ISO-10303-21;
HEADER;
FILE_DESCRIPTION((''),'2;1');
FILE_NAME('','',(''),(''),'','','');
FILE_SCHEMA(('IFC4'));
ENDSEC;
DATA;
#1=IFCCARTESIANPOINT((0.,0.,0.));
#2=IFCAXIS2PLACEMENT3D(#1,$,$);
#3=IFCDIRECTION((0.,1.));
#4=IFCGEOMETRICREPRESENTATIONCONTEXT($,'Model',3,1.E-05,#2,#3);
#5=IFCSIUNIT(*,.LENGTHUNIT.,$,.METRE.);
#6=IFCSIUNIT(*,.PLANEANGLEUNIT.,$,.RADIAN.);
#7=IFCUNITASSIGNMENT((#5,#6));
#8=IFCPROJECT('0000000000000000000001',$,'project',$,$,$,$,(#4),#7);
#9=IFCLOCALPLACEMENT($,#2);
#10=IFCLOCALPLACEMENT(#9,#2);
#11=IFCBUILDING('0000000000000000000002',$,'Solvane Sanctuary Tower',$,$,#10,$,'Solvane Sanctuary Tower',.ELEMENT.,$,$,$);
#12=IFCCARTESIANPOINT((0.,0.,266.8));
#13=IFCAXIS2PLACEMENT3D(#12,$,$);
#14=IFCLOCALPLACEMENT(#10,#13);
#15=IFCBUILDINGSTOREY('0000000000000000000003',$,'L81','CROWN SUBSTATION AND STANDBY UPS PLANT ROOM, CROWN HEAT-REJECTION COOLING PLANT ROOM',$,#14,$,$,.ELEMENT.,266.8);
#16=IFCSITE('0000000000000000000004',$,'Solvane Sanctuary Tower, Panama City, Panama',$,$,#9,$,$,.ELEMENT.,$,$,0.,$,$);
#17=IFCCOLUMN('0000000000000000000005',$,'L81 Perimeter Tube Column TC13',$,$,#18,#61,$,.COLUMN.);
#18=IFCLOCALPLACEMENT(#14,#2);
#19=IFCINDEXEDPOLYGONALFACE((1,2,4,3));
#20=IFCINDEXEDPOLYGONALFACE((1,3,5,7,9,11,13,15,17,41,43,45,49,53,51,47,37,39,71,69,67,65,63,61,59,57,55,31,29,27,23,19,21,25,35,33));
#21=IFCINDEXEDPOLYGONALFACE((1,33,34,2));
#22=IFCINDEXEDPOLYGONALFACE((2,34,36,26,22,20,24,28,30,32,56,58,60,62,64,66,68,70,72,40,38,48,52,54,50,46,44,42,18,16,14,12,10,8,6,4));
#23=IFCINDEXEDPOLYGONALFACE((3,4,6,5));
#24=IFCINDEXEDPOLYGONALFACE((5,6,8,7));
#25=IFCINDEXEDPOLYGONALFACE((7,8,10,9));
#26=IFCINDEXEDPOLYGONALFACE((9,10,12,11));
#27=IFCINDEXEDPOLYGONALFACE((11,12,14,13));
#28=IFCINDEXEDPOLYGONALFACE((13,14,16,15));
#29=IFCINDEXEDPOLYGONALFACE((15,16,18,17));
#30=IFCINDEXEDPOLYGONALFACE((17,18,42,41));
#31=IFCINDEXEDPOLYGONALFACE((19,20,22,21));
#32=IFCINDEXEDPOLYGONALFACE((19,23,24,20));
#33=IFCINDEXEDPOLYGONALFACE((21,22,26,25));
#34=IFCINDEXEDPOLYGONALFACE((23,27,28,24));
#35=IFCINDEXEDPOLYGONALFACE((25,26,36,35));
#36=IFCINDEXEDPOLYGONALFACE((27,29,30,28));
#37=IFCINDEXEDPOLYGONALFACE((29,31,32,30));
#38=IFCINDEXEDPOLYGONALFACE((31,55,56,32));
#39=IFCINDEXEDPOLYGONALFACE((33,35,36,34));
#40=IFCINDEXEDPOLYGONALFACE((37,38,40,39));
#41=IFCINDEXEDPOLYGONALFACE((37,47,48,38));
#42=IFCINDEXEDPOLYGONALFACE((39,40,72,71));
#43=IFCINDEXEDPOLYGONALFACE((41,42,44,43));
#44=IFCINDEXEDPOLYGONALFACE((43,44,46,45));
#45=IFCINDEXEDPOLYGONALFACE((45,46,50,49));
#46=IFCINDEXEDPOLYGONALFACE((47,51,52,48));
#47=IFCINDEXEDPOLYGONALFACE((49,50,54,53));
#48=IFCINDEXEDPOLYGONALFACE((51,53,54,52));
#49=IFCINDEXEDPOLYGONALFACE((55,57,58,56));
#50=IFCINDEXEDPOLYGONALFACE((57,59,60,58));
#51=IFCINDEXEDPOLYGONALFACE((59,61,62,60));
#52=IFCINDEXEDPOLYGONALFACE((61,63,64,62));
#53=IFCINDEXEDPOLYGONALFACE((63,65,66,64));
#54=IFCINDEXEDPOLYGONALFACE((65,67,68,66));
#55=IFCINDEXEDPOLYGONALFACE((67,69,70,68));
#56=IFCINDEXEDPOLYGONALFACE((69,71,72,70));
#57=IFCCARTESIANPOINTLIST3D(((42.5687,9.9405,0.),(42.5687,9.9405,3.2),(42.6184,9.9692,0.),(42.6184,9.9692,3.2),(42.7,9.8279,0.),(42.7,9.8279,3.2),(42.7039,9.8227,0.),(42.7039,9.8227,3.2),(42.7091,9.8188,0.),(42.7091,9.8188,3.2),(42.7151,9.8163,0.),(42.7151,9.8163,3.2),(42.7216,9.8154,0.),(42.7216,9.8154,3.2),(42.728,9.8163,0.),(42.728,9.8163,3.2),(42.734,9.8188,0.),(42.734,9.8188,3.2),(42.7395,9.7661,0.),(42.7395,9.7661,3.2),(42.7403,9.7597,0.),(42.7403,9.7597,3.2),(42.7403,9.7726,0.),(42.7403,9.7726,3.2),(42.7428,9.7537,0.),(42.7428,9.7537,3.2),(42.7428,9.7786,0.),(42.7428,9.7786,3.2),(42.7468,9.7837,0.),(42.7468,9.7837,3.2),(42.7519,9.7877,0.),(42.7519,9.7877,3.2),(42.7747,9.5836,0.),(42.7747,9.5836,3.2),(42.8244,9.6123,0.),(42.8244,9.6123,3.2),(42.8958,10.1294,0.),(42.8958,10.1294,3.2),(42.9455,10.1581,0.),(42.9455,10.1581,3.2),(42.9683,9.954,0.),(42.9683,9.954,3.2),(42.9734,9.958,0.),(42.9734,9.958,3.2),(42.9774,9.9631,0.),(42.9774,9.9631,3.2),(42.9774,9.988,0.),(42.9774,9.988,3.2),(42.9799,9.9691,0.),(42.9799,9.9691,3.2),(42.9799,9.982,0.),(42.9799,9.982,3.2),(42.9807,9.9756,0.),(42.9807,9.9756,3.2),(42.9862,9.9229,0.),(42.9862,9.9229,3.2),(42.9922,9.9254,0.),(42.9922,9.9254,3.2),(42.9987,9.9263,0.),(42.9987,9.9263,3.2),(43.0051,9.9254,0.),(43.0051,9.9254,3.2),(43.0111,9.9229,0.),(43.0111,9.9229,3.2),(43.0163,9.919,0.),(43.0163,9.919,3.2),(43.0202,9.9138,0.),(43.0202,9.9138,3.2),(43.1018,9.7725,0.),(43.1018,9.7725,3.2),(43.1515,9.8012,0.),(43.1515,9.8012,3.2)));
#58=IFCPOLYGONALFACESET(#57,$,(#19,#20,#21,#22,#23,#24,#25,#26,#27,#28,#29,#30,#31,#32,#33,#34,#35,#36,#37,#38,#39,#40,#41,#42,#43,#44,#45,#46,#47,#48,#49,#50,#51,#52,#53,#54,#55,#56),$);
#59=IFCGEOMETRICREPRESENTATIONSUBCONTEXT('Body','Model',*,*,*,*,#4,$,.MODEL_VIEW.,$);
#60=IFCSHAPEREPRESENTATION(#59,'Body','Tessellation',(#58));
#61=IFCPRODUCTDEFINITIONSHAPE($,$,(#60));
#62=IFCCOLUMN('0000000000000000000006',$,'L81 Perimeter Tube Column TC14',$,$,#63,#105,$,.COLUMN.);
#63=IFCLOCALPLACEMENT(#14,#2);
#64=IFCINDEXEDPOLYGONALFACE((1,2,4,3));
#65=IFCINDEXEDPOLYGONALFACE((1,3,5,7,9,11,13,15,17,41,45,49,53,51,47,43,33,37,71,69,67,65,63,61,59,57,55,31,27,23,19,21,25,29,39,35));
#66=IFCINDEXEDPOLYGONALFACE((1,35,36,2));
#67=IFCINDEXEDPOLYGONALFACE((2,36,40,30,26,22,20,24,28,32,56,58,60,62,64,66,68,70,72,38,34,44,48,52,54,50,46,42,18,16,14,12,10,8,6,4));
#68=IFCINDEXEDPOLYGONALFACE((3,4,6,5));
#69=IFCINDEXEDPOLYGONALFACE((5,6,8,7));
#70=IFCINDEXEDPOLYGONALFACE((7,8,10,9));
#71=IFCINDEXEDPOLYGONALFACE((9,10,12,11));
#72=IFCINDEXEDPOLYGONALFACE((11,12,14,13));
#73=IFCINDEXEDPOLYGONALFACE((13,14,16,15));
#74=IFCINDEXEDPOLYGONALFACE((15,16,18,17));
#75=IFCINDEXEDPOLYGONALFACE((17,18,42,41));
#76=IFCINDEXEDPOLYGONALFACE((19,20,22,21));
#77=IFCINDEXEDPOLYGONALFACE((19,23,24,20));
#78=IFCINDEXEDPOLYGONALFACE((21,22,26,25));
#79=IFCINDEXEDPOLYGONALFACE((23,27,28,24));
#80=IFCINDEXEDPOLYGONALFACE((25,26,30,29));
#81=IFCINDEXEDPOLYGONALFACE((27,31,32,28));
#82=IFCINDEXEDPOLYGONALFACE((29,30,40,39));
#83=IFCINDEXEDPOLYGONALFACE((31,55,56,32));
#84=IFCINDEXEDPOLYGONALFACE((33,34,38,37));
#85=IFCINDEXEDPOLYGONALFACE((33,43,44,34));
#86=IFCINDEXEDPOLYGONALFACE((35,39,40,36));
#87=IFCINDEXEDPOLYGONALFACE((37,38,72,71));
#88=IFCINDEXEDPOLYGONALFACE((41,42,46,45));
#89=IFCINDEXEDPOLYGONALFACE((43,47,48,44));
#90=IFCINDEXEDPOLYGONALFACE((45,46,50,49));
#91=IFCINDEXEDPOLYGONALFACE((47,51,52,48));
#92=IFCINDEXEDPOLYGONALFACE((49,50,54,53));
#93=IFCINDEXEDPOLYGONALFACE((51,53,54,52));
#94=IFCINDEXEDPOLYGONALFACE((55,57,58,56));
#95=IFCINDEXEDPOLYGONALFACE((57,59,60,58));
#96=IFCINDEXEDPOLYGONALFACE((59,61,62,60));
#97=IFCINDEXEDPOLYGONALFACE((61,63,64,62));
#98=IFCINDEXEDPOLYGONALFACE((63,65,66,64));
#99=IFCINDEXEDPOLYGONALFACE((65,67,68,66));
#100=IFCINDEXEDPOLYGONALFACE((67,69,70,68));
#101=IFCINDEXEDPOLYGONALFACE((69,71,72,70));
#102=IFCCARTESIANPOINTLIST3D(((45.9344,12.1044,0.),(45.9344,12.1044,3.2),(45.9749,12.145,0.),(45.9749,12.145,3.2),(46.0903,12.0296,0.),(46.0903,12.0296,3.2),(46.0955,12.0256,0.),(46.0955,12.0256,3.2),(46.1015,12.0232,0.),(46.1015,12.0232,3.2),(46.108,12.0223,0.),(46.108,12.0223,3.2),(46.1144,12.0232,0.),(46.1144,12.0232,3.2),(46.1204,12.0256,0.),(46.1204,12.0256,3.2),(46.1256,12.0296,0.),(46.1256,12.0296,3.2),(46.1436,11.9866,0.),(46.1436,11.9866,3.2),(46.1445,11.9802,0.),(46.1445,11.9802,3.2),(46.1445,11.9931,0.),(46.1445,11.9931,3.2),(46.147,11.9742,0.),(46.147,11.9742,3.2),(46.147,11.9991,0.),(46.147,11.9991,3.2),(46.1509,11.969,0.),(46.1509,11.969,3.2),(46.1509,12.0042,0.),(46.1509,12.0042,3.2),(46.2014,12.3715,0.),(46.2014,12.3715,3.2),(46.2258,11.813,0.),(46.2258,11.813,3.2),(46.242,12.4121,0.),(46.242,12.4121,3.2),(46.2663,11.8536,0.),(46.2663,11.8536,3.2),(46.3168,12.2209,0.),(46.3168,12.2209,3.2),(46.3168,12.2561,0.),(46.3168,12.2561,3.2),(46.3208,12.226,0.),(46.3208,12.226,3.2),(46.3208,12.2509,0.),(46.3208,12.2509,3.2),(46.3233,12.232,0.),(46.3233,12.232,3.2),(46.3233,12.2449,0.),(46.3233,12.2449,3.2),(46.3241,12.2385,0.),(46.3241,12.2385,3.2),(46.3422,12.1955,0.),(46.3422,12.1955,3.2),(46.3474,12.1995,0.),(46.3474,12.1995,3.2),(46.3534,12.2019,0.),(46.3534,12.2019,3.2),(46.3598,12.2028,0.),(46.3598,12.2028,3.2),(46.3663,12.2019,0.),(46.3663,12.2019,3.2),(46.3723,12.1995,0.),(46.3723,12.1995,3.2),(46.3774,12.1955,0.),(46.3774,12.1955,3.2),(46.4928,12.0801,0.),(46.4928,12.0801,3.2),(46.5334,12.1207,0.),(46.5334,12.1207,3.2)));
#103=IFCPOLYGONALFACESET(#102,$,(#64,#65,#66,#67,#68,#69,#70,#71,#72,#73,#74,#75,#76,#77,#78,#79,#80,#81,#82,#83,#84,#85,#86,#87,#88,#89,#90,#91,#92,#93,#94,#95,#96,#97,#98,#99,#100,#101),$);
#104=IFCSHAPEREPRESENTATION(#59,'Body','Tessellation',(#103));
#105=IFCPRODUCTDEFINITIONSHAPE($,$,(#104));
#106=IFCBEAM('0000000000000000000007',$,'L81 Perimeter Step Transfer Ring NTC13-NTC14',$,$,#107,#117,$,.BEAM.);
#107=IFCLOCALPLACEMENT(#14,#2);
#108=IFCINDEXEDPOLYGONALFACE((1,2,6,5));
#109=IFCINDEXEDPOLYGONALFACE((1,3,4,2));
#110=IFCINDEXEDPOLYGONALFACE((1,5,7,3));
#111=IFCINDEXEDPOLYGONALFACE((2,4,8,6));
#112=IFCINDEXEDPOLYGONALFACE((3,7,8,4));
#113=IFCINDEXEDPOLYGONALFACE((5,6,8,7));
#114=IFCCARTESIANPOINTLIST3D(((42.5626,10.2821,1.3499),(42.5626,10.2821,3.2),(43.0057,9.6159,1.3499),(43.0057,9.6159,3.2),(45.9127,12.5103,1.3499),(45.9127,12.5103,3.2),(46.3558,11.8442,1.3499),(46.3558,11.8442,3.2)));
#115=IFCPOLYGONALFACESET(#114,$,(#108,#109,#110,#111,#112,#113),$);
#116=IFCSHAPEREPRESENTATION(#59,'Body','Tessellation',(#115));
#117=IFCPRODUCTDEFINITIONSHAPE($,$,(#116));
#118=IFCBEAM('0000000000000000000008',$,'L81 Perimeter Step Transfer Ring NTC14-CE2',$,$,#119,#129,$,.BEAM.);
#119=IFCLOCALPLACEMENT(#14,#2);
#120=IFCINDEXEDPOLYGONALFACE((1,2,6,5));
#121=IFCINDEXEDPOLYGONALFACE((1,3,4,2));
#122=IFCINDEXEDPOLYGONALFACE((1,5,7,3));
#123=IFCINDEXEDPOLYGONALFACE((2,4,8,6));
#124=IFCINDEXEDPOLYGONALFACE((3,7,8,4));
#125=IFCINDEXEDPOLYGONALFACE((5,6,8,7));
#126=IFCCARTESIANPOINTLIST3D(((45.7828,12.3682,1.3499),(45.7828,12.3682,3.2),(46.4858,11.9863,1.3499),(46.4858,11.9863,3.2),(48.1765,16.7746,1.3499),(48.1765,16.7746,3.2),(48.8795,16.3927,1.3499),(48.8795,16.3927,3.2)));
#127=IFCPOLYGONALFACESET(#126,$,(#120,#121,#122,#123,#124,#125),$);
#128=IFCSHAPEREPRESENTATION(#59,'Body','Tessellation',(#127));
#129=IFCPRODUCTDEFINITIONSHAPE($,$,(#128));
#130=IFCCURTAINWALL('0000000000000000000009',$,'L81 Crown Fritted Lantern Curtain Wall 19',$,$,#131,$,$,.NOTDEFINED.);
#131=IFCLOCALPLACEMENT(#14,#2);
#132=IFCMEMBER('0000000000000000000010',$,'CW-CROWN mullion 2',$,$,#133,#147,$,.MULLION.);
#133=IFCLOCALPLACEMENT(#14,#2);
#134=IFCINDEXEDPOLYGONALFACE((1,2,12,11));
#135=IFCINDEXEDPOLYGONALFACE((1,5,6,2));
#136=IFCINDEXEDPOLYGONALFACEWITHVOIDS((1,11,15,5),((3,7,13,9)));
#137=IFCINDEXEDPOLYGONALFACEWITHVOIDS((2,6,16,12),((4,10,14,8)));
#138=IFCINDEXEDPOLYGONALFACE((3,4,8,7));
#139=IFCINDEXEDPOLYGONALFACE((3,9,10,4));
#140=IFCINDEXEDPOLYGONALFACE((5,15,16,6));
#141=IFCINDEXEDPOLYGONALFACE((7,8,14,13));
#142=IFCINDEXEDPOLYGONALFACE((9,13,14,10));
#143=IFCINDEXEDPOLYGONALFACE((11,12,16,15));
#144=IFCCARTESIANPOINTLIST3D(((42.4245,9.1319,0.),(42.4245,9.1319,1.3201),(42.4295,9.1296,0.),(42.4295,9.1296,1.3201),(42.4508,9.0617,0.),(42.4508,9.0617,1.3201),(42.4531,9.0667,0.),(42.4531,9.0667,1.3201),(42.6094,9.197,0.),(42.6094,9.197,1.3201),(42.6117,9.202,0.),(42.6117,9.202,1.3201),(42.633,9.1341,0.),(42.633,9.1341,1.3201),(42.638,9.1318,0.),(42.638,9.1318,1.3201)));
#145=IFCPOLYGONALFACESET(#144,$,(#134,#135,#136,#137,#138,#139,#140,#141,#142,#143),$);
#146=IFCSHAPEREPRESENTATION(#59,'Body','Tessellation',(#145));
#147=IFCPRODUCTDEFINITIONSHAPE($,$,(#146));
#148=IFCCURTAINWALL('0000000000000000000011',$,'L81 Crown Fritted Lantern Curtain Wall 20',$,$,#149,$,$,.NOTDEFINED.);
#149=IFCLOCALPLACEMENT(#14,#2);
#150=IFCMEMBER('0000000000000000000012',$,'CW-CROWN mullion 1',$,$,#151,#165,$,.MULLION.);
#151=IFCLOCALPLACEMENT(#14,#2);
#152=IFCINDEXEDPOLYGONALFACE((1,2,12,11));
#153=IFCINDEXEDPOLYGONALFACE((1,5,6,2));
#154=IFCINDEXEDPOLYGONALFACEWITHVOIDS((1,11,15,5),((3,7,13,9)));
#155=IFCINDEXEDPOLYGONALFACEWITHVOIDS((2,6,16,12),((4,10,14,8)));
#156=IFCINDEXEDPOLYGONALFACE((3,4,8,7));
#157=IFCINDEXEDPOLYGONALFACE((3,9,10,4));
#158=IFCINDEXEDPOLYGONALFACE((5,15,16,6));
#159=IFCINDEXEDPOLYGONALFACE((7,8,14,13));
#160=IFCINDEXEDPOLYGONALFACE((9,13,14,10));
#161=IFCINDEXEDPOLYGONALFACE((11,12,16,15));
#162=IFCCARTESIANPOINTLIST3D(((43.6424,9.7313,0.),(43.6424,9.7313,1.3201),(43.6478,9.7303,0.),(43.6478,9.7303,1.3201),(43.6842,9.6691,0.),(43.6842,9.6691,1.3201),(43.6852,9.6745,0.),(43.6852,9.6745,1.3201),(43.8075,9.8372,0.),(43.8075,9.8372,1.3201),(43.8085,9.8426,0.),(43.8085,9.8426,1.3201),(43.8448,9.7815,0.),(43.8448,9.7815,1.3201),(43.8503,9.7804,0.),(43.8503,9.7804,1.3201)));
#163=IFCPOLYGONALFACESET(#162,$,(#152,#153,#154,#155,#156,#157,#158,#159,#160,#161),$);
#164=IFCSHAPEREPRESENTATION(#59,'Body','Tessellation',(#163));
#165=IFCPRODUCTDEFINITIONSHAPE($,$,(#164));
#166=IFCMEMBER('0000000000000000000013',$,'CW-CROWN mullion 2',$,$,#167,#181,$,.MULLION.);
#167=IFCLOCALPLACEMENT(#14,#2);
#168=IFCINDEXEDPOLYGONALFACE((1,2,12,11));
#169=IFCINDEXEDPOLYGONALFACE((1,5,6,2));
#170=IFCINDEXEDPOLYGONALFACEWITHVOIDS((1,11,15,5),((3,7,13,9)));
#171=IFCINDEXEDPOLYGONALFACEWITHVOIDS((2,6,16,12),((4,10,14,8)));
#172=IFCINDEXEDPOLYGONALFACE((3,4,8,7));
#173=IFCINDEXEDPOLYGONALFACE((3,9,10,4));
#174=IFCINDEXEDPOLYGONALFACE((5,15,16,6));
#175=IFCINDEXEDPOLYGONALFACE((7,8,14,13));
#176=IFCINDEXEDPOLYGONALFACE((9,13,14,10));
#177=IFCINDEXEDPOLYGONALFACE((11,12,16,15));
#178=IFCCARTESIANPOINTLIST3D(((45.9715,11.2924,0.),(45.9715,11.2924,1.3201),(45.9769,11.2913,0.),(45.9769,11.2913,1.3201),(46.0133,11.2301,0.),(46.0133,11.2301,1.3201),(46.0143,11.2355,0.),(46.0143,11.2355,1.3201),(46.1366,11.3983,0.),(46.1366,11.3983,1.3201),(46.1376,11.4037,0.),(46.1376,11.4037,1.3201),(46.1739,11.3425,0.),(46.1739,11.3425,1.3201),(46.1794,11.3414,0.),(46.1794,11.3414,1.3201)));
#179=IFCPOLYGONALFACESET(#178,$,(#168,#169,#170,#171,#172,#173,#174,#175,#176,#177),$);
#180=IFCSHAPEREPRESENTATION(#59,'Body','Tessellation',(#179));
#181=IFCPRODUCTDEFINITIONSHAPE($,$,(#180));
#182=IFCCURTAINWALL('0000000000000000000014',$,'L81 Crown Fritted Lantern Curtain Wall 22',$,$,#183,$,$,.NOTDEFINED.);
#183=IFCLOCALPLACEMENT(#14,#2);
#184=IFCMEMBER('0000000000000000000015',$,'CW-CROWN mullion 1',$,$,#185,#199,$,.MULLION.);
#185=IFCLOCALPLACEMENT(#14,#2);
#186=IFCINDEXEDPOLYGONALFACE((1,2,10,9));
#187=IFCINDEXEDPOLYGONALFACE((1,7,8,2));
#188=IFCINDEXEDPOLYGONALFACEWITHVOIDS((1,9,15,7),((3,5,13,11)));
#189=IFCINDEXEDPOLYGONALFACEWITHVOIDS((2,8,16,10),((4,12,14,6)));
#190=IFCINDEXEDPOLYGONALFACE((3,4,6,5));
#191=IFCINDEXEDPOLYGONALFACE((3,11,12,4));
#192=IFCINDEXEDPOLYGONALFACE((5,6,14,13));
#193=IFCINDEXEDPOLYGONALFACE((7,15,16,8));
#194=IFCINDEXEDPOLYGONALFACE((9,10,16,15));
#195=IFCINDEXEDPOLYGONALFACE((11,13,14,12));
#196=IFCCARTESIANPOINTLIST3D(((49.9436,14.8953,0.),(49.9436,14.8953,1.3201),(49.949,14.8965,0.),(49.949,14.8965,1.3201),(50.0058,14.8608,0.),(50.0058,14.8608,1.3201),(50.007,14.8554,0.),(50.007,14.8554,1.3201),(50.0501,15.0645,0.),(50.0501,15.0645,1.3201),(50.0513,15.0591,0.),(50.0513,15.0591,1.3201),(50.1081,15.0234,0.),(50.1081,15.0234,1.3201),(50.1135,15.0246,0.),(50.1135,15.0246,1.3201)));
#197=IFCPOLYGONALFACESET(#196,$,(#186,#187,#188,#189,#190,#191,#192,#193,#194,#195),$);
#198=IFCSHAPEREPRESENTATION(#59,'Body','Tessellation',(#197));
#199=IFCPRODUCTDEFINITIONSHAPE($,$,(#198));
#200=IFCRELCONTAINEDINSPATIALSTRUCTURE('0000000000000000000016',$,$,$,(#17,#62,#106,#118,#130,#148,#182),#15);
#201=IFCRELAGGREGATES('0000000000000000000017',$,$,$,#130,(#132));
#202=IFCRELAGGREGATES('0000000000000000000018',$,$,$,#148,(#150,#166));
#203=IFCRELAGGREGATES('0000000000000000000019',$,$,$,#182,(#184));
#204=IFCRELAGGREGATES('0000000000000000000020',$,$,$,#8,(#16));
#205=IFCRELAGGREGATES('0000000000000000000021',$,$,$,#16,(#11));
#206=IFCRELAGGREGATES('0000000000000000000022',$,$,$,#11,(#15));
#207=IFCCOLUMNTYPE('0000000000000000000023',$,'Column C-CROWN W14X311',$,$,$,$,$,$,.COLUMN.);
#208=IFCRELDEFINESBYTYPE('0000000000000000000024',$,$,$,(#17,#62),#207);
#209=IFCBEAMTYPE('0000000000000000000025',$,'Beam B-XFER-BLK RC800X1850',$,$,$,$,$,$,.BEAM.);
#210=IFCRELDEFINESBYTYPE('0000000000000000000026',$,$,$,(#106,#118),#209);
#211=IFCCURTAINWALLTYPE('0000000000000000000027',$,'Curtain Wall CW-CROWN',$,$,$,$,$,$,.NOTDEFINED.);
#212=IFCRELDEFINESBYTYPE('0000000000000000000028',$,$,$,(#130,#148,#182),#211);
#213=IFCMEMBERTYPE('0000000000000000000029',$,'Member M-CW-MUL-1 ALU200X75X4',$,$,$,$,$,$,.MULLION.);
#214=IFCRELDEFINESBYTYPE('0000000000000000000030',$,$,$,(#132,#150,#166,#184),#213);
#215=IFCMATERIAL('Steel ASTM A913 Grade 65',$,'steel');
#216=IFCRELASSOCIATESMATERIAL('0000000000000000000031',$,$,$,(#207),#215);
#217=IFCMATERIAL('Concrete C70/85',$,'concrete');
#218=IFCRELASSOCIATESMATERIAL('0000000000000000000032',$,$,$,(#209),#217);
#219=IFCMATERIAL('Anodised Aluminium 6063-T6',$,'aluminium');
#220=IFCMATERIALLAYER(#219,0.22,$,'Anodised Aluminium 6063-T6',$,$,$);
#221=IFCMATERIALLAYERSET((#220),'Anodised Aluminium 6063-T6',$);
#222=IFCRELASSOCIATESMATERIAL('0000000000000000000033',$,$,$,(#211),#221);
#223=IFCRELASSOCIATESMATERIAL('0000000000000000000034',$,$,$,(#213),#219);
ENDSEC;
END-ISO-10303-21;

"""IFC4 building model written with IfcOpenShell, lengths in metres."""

from ifc_helpers import new_model, si_unit, direction, frame, origin, origin_2d, place, context, subcontext, project, spatial, rectangle, hollow_rectangle, i_section, extrude, material, layer, layer_set, material_profile, profile_set, type_object, element, aggregate, save


model = new_model("IFC4")

# Units and contexts
model_context = context("Model", 3, precision=1e-05, world=origin(), true_north=direction((0.0, 1.0)))
body_context = subcontext(model_context, "Body", "Model", "MODEL_VIEW")
ifc_project = project(units=[si_unit("LENGTHUNIT", "METRE"), si_unit("PLANEANGLEUNIT", "RADIAN")], contexts=[model_context])

# Site, building, storey
site_placement = place(None, origin())
site = spatial("IfcSite", under=ifc_project, at=site_placement, Name="Solvane Sanctuary Tower, Panama City, Panama", CompositionType="ELEMENT", RefElevation=0.0)
building_placement = place(site_placement, origin())
building = spatial("IfcBuilding", under=site, at=building_placement, Name="Solvane Sanctuary Tower", LongName="Solvane Sanctuary Tower", CompositionType="ELEMENT")
storey_placement = place(building_placement, frame((0.0, 0.0, 266.8)))
storey = spatial("IfcBuildingStorey", under=building, at=storey_placement, Name="L81", Description="CROWN SUBSTATION AND STANDBY UPS PLANT ROOM, CROWN HEAT-REJECTION COOLING PLANT ROOM", CompositionType="ELEMENT", Elevation=266.8)

# Columns
ifc_material_1 = material(Name="Steel ASTM A913 Grade 65", Category="steel")
ifc_material_profile_1 = material_profile(ifc_material_1, i_section(OverallWidth=0.4121, OverallDepth=0.4351, WebThickness=0.0359, FlangeThickness=0.0574, FilletRadius=0.0249, at=origin_2d()), Name="W14X311")
ifc_profile_set_1 = profile_set([ifc_material_profile_1], Name="Steel ASTM A913 Grade 65")
column_type = type_object("IfcColumnType", Name="Column C-CROWN W14X311", PredefinedType="COLUMN", material=ifc_profile_set_1)
for number, where, z_axis, x_axis, name in (
    (1, (42.8601, 9.8708, 0.0), (0.0, 0.0, 1.0), (0.5, -0.866025, 0.0), "L81 Perimeter Tube Column TC13"),
    (2, (46.2339, 12.1125, 0.0), (0.0, 0.0, 1.0), (0.707107, -0.707107, 0.0), "L81 Perimeter Tube Column TC14"),
):
    element("IfcColumn", number, at=place(storey_placement, frame(where, z_axis=z_axis, x_axis=x_axis)), inside=storey, type_object=column_type, Name=name, PredefinedType="COLUMN", context=body_context, shape_type="SweptSolid", body=[
        extrude(i_section(OverallWidth=0.4121, OverallDepth=0.4351, WebThickness=0.0359, FlangeThickness=0.0574, FilletRadius=0.0249, at=origin_2d()), origin(), (0.0, 0.0, 1.0), 3.2),
    ])

# Beams
ifc_material_2 = material(Name="Concrete C70/85", Category="concrete")
ifc_material_profile_2 = material_profile(ifc_material_2, rectangle(XDim=0.8, YDim=1.8501, at=origin_2d()), Name="RC800X1850")
ifc_profile_set_2 = profile_set([ifc_material_profile_2], Name="Concrete C70/85")
beam_type = type_object("IfcBeamType", Name="Beam B-XFER-BLK RC800X1850", PredefinedType="BEAM", material=ifc_profile_set_2)
beam_1_placement = place(storey_placement, frame((42.7842, 9.949, 2.2749), z_axis=(0.832638, 0.553818, 0.0), x_axis=(-0.553818, 0.832638, 0.0)))
element("IfcBeam", 3, at=beam_1_placement, inside=storey, type_object=beam_type, Name="L81 Perimeter Step Transfer Ring NTC13-NTC14", PredefinedType="BEAM", context=body_context, shape_type="SweptSolid", body=[
    extrude(rectangle(XDim=0.8, YDim=1.8501, at=origin_2d()), origin(), (0.0, 0.0, 1.0), 4.0234),
])
beam_2_placement = place(storey_placement, frame((46.1343, 12.1772, 2.2749), z_axis=(0.477354, 0.878711, 0.0), x_axis=(-0.878711, 0.477354, 0.0)))
element("IfcBeam", 4, at=beam_2_placement, inside=storey, type_object=beam_type, Name="L81 Perimeter Step Transfer Ring NTC14-CE2", PredefinedType="BEAM", context=body_context, shape_type="SweptSolid", body=[
    extrude(rectangle(XDim=0.8, YDim=1.8501, at=origin_2d()), origin(), (0.0, 0.0, 1.0), 5.0146),
])

# Curtain wall, member
ifc_material_3 = material(Name="Anodised Aluminium 6063-T6", Category="aluminium")
ifc_layer_1 = layer(ifc_material_3, 0.22, Name="Anodised Aluminium 6063-T6")
ifc_layer_set_1 = layer_set([ifc_layer_1], Name="Anodised Aluminium 6063-T6")
curtain_wall_type = type_object("IfcCurtainWallType", Name="Curtain Wall CW-CROWN", PredefinedType="NOTDEFINED", material=ifc_layer_set_1)
curtain_wall_1_placement = place(storey_placement, origin())
curtain_wall_1 = element("IfcCurtainWall", 5, at=curtain_wall_1_placement, inside=storey, type_object=curtain_wall_type, Name="L81 Crown Fritted Lantern Curtain Wall 19", PredefinedType="NOTDEFINED")
ifc_material_profile_3 = material_profile(ifc_material_3, hollow_rectangle(XDim=0.075, YDim=0.2, WallThickness=0.0039, at=origin_2d()), Name="ALU200X75X4")
ifc_profile_set_3 = profile_set([ifc_material_profile_3], Name="Anodised Aluminium 6063-T6")
member_type_1 = type_object("IfcMemberType", Name="Member M-CW-MUL-1 ALU200X75X4", PredefinedType="MULLION", material=ifc_profile_set_3)
member_1_placement = place(storey_placement, frame((42.5312, 9.1318, 0.0), z_axis=(0.0, 0.0, 1.0), x_axis=(-0.350837, 0.936437, 0.0)))
member_1 = element("IfcMember", 6, at=member_1_placement, type_object=member_type_1, Name="CW-CROWN mullion 2", PredefinedType="MULLION", context=body_context, shape_type="SweptSolid", body=[
    extrude(hollow_rectangle(XDim=0.075, YDim=0.2, WallThickness=0.0039, at=origin_2d()), origin(), (0.0, 0.0, 1.0), 1.3201),
])

# Curtain wall, members
curtain_wall_2_placement = place(storey_placement, origin())
curtain_wall_2 = element("IfcCurtainWall", 7, at=curtain_wall_2_placement, inside=storey, type_object=curtain_wall_type, Name="L81 Crown Fritted Lantern Curtain Wall 20", PredefinedType="NOTDEFINED")
member_2_placement = place(storey_placement, frame((43.7463, 9.7559, 0.0), z_axis=(0.0, 0.0, 1.0), x_axis=(-0.556718, 0.830701, 0.0)))
member_2 = element("IfcMember", 8, at=member_2_placement, type_object=member_type_1, Name="CW-CROWN mullion 1", PredefinedType="MULLION", context=body_context, shape_type="SweptSolid", body=[
    extrude(hollow_rectangle(XDim=0.075, YDim=0.2, WallThickness=0.0039, at=origin_2d()), origin(), (0.0, 0.0, 1.0), 1.3201),
])
member_3_placement = place(storey_placement, frame((46.0754, 11.3169, 0.0), z_axis=(0.0, 0.0, 1.0), x_axis=(-0.556718, 0.830701, 0.0)))
member_3 = element("IfcMember", 9, at=member_3_placement, type_object=member_type_1, Name="CW-CROWN mullion 2", PredefinedType="MULLION", context=body_context, shape_type="SweptSolid", body=[
    extrude(hollow_rectangle(XDim=0.075, YDim=0.2, WallThickness=0.0039, at=origin_2d()), origin(), (0.0, 0.0, 1.0), 1.3201),
])

# Curtain wall, member
curtain_wall_3_placement = place(storey_placement, origin())
curtain_wall_3 = element("IfcCurtainWall", 10, at=curtain_wall_3_placement, inside=storey, type_object=curtain_wall_type, Name="L81 Crown Fritted Lantern Curtain Wall 22", PredefinedType="NOTDEFINED")
member_4_placement = place(storey_placement, frame((50.0286, 14.96, 0.0), z_axis=(0.0, 0.0, 1.0), x_axis=(-0.846332, 0.532656, 0.0)))
member_4 = element("IfcMember", 11, at=member_4_placement, type_object=member_type_1, Name="CW-CROWN mullion 1", PredefinedType="MULLION", context=body_context, shape_type="SweptSolid", body=[
    extrude(hollow_rectangle(XDim=0.075, YDim=0.2, WallThickness=0.0039, at=origin_2d()), origin(), (0.0, 0.0, 1.0), 1.3201),
])

aggregate(curtain_wall_1, [member_1])
aggregate(curtain_wall_2, [member_2, member_3])
aggregate(curtain_wall_3, [member_4])

save(model, "model.ifc")
